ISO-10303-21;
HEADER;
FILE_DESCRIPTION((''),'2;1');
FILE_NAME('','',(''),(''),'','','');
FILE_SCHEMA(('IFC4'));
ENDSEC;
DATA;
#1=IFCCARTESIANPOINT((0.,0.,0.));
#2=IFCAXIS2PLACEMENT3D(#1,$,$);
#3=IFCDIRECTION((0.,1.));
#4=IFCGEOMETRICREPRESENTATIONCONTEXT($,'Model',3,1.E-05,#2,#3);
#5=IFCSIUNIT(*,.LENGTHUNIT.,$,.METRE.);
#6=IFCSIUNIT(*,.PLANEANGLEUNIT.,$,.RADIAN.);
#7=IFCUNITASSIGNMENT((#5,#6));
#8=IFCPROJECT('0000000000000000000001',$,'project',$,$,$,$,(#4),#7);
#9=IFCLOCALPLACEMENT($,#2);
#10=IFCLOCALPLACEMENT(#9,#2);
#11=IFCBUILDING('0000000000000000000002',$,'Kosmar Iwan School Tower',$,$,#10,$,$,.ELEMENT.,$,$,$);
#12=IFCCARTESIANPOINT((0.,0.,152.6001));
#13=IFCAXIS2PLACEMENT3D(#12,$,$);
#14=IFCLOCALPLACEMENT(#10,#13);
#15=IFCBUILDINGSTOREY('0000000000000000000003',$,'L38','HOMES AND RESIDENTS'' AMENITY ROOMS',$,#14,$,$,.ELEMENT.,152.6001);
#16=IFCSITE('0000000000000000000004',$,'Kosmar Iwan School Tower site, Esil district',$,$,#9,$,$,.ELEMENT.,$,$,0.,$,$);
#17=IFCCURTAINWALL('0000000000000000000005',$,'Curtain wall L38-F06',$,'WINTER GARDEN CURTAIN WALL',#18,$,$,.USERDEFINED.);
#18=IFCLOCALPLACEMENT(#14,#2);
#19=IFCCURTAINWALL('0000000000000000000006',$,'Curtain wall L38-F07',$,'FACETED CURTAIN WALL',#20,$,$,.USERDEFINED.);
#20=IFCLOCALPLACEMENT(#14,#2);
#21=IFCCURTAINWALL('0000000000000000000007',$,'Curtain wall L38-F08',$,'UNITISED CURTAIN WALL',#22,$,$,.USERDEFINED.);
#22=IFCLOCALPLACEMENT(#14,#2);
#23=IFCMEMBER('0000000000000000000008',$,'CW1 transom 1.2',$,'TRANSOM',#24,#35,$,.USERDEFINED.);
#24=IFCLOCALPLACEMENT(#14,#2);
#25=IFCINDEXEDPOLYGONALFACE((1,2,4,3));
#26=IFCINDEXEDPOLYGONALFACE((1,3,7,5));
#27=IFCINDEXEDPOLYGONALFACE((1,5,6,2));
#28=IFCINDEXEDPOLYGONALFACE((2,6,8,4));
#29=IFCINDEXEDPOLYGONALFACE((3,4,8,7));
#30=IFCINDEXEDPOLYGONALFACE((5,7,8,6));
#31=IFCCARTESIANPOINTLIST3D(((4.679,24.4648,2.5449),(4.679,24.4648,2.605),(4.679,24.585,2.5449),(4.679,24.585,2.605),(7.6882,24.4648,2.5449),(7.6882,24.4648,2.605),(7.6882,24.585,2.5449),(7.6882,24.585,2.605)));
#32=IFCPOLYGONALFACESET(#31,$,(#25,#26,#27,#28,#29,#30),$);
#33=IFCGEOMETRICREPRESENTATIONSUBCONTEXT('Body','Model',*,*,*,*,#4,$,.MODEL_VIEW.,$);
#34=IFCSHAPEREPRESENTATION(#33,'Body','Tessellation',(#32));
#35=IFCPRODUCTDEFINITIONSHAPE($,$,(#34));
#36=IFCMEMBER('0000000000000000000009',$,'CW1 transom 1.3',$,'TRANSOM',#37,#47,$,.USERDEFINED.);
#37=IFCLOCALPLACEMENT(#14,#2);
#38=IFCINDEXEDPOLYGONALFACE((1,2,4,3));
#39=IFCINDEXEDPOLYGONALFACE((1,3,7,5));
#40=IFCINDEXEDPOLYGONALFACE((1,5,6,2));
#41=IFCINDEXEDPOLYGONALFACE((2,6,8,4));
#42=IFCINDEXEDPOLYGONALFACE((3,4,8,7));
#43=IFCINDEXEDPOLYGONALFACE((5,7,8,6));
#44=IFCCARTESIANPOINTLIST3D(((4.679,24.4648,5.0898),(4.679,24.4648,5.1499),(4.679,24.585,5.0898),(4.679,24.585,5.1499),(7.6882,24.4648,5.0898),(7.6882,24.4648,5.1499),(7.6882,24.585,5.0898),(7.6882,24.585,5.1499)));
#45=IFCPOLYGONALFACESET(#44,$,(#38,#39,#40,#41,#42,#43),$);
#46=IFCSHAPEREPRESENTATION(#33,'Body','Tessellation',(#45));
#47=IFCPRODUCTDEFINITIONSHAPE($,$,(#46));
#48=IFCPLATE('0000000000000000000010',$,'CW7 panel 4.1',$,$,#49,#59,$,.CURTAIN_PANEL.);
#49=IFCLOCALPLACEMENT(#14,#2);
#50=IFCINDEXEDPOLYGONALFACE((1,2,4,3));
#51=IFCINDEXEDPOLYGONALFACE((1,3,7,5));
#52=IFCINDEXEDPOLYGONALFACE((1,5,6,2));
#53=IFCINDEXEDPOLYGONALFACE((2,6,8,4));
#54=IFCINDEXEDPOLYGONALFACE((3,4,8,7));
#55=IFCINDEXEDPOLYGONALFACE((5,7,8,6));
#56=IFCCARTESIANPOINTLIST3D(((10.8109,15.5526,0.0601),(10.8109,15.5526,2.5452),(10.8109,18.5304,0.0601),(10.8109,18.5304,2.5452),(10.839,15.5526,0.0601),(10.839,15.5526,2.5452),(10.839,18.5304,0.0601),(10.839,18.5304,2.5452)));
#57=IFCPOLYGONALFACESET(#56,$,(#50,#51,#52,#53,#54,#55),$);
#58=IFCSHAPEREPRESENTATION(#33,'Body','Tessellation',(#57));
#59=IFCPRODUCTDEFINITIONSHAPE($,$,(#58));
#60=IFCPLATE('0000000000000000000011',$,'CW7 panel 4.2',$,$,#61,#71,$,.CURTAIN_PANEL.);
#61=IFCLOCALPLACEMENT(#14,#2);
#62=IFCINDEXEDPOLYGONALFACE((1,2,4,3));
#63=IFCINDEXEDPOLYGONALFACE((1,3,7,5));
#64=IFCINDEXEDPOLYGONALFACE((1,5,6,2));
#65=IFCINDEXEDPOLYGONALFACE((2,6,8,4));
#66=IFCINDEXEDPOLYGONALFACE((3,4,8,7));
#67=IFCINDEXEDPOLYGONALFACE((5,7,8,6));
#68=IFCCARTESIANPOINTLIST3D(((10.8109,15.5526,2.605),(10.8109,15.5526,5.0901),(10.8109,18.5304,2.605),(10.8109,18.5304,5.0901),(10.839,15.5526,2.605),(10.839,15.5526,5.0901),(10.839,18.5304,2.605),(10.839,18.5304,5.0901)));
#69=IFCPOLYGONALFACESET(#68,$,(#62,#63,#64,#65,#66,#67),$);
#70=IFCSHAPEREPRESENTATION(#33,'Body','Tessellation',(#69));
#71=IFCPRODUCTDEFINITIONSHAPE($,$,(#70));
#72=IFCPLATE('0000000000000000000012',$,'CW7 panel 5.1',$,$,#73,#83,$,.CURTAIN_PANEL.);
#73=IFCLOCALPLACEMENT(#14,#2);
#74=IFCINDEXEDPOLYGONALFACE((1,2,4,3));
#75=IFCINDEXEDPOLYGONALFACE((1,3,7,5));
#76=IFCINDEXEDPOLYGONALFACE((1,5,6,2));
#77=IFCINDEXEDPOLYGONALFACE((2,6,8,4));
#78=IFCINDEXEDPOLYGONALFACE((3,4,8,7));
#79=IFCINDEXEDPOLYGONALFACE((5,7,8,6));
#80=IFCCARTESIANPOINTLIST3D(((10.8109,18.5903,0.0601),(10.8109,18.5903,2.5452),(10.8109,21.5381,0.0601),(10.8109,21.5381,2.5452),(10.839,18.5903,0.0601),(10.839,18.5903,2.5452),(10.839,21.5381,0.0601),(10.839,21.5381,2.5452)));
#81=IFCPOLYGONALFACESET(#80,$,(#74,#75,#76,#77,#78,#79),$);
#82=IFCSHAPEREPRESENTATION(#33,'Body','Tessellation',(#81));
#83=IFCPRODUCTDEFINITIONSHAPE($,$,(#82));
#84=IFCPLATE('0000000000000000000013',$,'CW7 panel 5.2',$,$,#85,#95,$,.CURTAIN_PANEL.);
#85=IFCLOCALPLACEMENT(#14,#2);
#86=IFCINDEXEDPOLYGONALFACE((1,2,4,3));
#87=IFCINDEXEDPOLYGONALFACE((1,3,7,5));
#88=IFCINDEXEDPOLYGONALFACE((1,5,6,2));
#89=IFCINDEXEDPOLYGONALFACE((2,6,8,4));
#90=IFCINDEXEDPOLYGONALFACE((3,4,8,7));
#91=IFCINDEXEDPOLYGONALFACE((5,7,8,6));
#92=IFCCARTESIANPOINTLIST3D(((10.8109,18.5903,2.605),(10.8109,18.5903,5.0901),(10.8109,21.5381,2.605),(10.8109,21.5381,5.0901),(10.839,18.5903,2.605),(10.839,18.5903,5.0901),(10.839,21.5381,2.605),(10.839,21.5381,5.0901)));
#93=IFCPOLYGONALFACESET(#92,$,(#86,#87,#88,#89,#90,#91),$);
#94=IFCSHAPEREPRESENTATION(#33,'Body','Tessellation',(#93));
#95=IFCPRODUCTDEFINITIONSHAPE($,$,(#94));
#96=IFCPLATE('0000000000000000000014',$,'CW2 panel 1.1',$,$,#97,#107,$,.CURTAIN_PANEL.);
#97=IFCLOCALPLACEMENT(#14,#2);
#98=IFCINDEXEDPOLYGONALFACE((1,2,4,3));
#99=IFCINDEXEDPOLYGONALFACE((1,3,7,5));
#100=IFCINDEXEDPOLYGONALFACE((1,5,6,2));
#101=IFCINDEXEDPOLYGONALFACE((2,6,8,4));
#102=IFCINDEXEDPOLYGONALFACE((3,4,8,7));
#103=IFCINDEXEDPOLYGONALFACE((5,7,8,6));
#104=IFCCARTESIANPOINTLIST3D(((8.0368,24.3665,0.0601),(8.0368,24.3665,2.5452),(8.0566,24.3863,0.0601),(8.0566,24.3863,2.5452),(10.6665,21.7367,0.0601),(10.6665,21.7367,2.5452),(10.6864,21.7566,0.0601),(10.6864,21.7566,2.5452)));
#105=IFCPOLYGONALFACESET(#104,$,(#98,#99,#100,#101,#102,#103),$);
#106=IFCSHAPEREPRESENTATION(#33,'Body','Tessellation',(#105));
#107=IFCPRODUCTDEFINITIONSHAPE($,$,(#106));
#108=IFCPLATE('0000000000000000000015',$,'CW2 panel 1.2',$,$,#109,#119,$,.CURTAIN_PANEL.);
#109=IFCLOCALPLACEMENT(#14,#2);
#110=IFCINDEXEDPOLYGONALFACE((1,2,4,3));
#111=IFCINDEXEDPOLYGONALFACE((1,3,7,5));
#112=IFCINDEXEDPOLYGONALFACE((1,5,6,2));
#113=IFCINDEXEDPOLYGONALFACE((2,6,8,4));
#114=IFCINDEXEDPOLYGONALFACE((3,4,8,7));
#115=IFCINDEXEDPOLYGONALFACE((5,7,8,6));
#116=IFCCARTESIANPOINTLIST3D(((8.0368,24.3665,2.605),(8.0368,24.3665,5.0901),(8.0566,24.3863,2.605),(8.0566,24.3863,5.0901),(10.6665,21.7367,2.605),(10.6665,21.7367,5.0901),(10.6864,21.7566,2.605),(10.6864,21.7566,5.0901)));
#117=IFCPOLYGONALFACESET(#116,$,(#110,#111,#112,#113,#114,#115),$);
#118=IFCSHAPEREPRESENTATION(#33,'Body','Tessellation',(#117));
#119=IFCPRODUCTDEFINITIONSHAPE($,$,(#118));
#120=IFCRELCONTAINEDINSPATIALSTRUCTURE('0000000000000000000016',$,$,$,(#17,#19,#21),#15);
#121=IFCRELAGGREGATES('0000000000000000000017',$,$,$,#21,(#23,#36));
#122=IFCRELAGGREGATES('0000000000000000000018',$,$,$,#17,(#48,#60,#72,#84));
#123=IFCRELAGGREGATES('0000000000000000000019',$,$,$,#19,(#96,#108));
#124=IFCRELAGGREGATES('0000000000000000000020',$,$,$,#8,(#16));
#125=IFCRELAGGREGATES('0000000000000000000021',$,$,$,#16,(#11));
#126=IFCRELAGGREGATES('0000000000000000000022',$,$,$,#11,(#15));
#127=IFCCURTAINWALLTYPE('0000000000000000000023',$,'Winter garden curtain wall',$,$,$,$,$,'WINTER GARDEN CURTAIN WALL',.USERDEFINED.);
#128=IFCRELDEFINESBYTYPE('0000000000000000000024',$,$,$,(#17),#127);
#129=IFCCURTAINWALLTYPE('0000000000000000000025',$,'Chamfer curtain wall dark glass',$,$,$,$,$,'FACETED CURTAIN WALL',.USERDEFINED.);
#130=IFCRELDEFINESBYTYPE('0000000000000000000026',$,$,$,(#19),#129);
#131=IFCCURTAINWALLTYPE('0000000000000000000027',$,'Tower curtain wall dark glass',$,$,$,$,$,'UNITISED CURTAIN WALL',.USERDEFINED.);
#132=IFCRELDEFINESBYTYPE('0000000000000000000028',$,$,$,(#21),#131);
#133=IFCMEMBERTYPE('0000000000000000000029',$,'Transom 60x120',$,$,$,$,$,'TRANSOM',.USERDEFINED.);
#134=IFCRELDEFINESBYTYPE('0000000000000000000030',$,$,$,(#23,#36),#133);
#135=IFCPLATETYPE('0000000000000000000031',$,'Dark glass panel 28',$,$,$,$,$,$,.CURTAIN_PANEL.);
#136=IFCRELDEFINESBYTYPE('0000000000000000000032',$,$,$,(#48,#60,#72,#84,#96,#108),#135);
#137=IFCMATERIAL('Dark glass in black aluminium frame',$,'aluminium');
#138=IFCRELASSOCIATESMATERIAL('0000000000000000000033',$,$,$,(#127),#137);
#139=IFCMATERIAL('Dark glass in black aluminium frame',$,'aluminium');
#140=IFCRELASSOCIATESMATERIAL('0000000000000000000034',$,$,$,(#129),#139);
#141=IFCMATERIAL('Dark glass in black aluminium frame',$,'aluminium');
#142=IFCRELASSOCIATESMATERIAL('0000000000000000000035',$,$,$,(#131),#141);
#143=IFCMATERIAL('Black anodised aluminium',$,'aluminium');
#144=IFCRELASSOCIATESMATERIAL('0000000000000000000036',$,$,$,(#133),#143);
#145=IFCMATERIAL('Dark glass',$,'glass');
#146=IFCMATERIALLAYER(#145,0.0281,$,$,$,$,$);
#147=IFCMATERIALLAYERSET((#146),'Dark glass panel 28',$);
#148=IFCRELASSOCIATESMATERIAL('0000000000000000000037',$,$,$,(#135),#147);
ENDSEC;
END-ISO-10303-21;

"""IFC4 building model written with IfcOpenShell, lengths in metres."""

from ifc_helpers import new_model, si_unit, direction, frame, origin, origin_2d, place, context, subcontext, project, spatial, rectangle, extrude, material, layer, layer_set, material_profile, profile_set, type_object, element, aggregate, save


model = new_model("IFC4")

# Units and contexts
model_context = context("Model", 3, precision=1e-05, world=origin(), true_north=direction((0.0, 1.0)))
body_context = subcontext(model_context, "Body", "Model", "MODEL_VIEW")
ifc_project = project(units=[si_unit("LENGTHUNIT", "METRE"), si_unit("PLANEANGLEUNIT", "RADIAN")], contexts=[model_context])

# Site, building, storey
site_placement = place(None, origin())
site = spatial("IfcSite", under=ifc_project, at=site_placement, Name="Kosmar Iwan School Tower site, Esil district", CompositionType="ELEMENT", RefElevation=0.0)
building_placement = place(site_placement, origin())
building = spatial("IfcBuilding", under=site, at=building_placement, Name="Kosmar Iwan School Tower", CompositionType="ELEMENT")
storey_placement = place(building_placement, frame((0.0, 0.0, 152.6001)))
storey = spatial("IfcBuildingStorey", under=building, at=storey_placement, Name="L38", Description="HOMES AND RESIDENTS' AMENITY ROOMS", CompositionType="ELEMENT", Elevation=152.6001)

# Curtain walls
ifc_material_1 = material(Name="Dark glass in black aluminium frame", Category="aluminium")
curtain_wall_type_1 = type_object("IfcCurtainWallType", Name="Winter garden curtain wall", ElementType="WINTER GARDEN CURTAIN WALL", PredefinedType="USERDEFINED", material=ifc_material_1)
curtain_wall_1_placement = place(storey_placement, origin())
curtain_wall_1 = element("IfcCurtainWall", 1, at=curtain_wall_1_placement, inside=storey, type_object=curtain_wall_type_1, Name="Curtain wall L38-F06", ObjectType="WINTER GARDEN CURTAIN WALL", PredefinedType="USERDEFINED")
ifc_material_2 = material(Name="Dark glass in black aluminium frame", Category="aluminium")
curtain_wall_type_2 = type_object("IfcCurtainWallType", Name="Chamfer curtain wall dark glass", ElementType="FACETED CURTAIN WALL", PredefinedType="USERDEFINED", material=ifc_material_2)
curtain_wall_2_placement = place(storey_placement, origin())
curtain_wall_2 = element("IfcCurtainWall", 2, at=curtain_wall_2_placement, inside=storey, type_object=curtain_wall_type_2, Name="Curtain wall L38-F07", ObjectType="FACETED CURTAIN WALL", PredefinedType="USERDEFINED")

# Curtain wall
ifc_material_3 = material(Name="Dark glass in black aluminium frame", Category="aluminium")
curtain_wall_type_3 = type_object("IfcCurtainWallType", Name="Tower curtain wall dark glass", ElementType="UNITISED CURTAIN WALL", PredefinedType="USERDEFINED", material=ifc_material_3)
curtain_wall_3_placement = place(storey_placement, origin())
curtain_wall_3 = element("IfcCurtainWall", 3, at=curtain_wall_3_placement, inside=storey, type_object=curtain_wall_type_3, Name="Curtain wall L38-F08", ObjectType="UNITISED CURTAIN WALL", PredefinedType="USERDEFINED")

# Members
ifc_material_4 = material(Name="Black anodised aluminium", Category="aluminium")
ifc_material_profile_1 = material_profile(ifc_material_4, rectangle(XDim=0.1201, YDim=0.0601, at=origin_2d()), Name="TRANSOM 60x120")
ifc_profile_set_1 = profile_set([ifc_material_profile_1], Name="Black anodised aluminium")
member_type_1 = type_object("IfcMemberType", Name="Transom 60x120", ElementType="TRANSOM", PredefinedType="USERDEFINED", material=ifc_profile_set_1)
member_1_placement = place(storey_placement, frame((7.6882, 24.5249, 2.575), z_axis=(-1.0, 0.0, 0.0), x_axis=(0.0, -1.0, 0.0)))
member_1 = element("IfcMember", 4, at=member_1_placement, type_object=member_type_1, Name="CW1 transom 1.2", ObjectType="TRANSOM", PredefinedType="USERDEFINED", context=body_context, shape_type="SweptSolid", body=[
    extrude(rectangle(XDim=0.1201, YDim=0.0601, at=origin_2d()), origin(), (0.0, 0.0, 1.0), 3.0093),
])
member_2_placement = place(storey_placement, frame((7.6882, 24.5249, 5.1199), z_axis=(-1.0, 0.0, 0.0), x_axis=(0.0, -1.0, 0.0)))
member_2 = element("IfcMember", 5, at=member_2_placement, type_object=member_type_1, Name="CW1 transom 1.3", ObjectType="TRANSOM", PredefinedType="USERDEFINED", context=body_context, shape_type="SweptSolid", body=[
    extrude(rectangle(XDim=0.1201, YDim=0.0601, at=origin_2d()), origin(), (0.0, 0.0, 1.0), 3.0093),
])
aggregate(curtain_wall_3, [member_1, member_2])

# Plates
ifc_material_5 = material(Name="Dark glass", Category="glass")
ifc_layer = layer(ifc_material_5, 0.0281)
ifc_layer_set = layer_set([ifc_layer], Name="Dark glass panel 28")
plate_type = type_object("IfcPlateType", Name="Dark glass panel 28", PredefinedType="CURTAIN_PANEL", material=ifc_layer_set)
plate_1_placement = place(storey_placement, frame((10.825, 17.0415, 0.0601), z_axis=(0.0, 0.0, 1.0), x_axis=(0.0, 1.0, 0.0)))
plate_1 = element("IfcPlate", 6, at=plate_1_placement, type_object=plate_type, Name="CW7 panel 4.1", PredefinedType="CURTAIN_PANEL", context=body_context, shape_type="SweptSolid", body=[
    extrude(rectangle(XDim=2.9778, YDim=0.0281, at=origin_2d()), origin(), (0.0, 0.0, 1.0), 2.4851),
])
plate_2_placement = place(storey_placement, frame((10.825, 17.0415, 2.605), z_axis=(0.0, 0.0, 1.0), x_axis=(0.0, 1.0, 0.0)))
plate_2 = element("IfcPlate", 7, at=plate_2_placement, type_object=plate_type, Name="CW7 panel 4.2", PredefinedType="CURTAIN_PANEL", context=body_context, shape_type="SweptSolid", body=[
    extrude(rectangle(XDim=2.9778, YDim=0.0281, at=origin_2d()), origin(), (0.0, 0.0, 1.0), 2.4851),
])
plate_3_placement = place(storey_placement, frame((10.825, 20.0642, 0.0601), z_axis=(0.0, 0.0, 1.0), x_axis=(0.0, 1.0, 0.0)))
plate_3 = element("IfcPlate", 8, at=plate_3_placement, type_object=plate_type, Name="CW7 panel 5.1", PredefinedType="CURTAIN_PANEL", context=body_context, shape_type="SweptSolid", body=[
    extrude(rectangle(XDim=2.9478, YDim=0.0281, at=origin_2d()), origin(), (0.0, 0.0, 1.0), 2.4851),
])
plate_4_placement = place(storey_placement, frame((10.825, 20.0642, 2.605), z_axis=(0.0, 0.0, 1.0), x_axis=(0.0, 1.0, 0.0)))
plate_4 = element("IfcPlate", 9, at=plate_4_placement, type_object=plate_type, Name="CW7 panel 5.2", PredefinedType="CURTAIN_PANEL", context=body_context, shape_type="SweptSolid", body=[
    extrude(rectangle(XDim=2.9478, YDim=0.0281, at=origin_2d()), origin(), (0.0, 0.0, 1.0), 2.4851),
])
aggregate(curtain_wall_1, [plate_1, plate_2, plate_3, plate_4])
plate_5_placement = place(storey_placement, frame((9.3616, 23.0615, 0.0601), z_axis=(0.0, 0.0, 1.0), x_axis=(-0.707107, 0.707107, 0.0)))
plate_5 = element("IfcPlate", 10, at=plate_5_placement, type_object=plate_type, Name="CW2 panel 1.1", PredefinedType="CURTAIN_PANEL", context=body_context, shape_type="SweptSolid", body=[
    extrude(rectangle(XDim=3.719, YDim=0.0281, at=origin_2d()), origin(), (0.0, 0.0, 1.0), 2.4851),
])
plate_6_placement = place(storey_placement, frame((9.3616, 23.0615, 2.605), z_axis=(0.0, 0.0, 1.0), x_axis=(-0.707107, 0.707107, 0.0)))
plate_6 = element("IfcPlate", 11, at=plate_6_placement, type_object=plate_type, Name="CW2 panel 1.2", PredefinedType="CURTAIN_PANEL", context=body_context, shape_type="SweptSolid", body=[
    extrude(rectangle(XDim=3.719, YDim=0.0281, at=origin_2d()), origin(), (0.0, 0.0, 1.0), 2.4851),
])
aggregate(curtain_wall_2, [plate_5, plate_6])

save(model, "model.ifc")
